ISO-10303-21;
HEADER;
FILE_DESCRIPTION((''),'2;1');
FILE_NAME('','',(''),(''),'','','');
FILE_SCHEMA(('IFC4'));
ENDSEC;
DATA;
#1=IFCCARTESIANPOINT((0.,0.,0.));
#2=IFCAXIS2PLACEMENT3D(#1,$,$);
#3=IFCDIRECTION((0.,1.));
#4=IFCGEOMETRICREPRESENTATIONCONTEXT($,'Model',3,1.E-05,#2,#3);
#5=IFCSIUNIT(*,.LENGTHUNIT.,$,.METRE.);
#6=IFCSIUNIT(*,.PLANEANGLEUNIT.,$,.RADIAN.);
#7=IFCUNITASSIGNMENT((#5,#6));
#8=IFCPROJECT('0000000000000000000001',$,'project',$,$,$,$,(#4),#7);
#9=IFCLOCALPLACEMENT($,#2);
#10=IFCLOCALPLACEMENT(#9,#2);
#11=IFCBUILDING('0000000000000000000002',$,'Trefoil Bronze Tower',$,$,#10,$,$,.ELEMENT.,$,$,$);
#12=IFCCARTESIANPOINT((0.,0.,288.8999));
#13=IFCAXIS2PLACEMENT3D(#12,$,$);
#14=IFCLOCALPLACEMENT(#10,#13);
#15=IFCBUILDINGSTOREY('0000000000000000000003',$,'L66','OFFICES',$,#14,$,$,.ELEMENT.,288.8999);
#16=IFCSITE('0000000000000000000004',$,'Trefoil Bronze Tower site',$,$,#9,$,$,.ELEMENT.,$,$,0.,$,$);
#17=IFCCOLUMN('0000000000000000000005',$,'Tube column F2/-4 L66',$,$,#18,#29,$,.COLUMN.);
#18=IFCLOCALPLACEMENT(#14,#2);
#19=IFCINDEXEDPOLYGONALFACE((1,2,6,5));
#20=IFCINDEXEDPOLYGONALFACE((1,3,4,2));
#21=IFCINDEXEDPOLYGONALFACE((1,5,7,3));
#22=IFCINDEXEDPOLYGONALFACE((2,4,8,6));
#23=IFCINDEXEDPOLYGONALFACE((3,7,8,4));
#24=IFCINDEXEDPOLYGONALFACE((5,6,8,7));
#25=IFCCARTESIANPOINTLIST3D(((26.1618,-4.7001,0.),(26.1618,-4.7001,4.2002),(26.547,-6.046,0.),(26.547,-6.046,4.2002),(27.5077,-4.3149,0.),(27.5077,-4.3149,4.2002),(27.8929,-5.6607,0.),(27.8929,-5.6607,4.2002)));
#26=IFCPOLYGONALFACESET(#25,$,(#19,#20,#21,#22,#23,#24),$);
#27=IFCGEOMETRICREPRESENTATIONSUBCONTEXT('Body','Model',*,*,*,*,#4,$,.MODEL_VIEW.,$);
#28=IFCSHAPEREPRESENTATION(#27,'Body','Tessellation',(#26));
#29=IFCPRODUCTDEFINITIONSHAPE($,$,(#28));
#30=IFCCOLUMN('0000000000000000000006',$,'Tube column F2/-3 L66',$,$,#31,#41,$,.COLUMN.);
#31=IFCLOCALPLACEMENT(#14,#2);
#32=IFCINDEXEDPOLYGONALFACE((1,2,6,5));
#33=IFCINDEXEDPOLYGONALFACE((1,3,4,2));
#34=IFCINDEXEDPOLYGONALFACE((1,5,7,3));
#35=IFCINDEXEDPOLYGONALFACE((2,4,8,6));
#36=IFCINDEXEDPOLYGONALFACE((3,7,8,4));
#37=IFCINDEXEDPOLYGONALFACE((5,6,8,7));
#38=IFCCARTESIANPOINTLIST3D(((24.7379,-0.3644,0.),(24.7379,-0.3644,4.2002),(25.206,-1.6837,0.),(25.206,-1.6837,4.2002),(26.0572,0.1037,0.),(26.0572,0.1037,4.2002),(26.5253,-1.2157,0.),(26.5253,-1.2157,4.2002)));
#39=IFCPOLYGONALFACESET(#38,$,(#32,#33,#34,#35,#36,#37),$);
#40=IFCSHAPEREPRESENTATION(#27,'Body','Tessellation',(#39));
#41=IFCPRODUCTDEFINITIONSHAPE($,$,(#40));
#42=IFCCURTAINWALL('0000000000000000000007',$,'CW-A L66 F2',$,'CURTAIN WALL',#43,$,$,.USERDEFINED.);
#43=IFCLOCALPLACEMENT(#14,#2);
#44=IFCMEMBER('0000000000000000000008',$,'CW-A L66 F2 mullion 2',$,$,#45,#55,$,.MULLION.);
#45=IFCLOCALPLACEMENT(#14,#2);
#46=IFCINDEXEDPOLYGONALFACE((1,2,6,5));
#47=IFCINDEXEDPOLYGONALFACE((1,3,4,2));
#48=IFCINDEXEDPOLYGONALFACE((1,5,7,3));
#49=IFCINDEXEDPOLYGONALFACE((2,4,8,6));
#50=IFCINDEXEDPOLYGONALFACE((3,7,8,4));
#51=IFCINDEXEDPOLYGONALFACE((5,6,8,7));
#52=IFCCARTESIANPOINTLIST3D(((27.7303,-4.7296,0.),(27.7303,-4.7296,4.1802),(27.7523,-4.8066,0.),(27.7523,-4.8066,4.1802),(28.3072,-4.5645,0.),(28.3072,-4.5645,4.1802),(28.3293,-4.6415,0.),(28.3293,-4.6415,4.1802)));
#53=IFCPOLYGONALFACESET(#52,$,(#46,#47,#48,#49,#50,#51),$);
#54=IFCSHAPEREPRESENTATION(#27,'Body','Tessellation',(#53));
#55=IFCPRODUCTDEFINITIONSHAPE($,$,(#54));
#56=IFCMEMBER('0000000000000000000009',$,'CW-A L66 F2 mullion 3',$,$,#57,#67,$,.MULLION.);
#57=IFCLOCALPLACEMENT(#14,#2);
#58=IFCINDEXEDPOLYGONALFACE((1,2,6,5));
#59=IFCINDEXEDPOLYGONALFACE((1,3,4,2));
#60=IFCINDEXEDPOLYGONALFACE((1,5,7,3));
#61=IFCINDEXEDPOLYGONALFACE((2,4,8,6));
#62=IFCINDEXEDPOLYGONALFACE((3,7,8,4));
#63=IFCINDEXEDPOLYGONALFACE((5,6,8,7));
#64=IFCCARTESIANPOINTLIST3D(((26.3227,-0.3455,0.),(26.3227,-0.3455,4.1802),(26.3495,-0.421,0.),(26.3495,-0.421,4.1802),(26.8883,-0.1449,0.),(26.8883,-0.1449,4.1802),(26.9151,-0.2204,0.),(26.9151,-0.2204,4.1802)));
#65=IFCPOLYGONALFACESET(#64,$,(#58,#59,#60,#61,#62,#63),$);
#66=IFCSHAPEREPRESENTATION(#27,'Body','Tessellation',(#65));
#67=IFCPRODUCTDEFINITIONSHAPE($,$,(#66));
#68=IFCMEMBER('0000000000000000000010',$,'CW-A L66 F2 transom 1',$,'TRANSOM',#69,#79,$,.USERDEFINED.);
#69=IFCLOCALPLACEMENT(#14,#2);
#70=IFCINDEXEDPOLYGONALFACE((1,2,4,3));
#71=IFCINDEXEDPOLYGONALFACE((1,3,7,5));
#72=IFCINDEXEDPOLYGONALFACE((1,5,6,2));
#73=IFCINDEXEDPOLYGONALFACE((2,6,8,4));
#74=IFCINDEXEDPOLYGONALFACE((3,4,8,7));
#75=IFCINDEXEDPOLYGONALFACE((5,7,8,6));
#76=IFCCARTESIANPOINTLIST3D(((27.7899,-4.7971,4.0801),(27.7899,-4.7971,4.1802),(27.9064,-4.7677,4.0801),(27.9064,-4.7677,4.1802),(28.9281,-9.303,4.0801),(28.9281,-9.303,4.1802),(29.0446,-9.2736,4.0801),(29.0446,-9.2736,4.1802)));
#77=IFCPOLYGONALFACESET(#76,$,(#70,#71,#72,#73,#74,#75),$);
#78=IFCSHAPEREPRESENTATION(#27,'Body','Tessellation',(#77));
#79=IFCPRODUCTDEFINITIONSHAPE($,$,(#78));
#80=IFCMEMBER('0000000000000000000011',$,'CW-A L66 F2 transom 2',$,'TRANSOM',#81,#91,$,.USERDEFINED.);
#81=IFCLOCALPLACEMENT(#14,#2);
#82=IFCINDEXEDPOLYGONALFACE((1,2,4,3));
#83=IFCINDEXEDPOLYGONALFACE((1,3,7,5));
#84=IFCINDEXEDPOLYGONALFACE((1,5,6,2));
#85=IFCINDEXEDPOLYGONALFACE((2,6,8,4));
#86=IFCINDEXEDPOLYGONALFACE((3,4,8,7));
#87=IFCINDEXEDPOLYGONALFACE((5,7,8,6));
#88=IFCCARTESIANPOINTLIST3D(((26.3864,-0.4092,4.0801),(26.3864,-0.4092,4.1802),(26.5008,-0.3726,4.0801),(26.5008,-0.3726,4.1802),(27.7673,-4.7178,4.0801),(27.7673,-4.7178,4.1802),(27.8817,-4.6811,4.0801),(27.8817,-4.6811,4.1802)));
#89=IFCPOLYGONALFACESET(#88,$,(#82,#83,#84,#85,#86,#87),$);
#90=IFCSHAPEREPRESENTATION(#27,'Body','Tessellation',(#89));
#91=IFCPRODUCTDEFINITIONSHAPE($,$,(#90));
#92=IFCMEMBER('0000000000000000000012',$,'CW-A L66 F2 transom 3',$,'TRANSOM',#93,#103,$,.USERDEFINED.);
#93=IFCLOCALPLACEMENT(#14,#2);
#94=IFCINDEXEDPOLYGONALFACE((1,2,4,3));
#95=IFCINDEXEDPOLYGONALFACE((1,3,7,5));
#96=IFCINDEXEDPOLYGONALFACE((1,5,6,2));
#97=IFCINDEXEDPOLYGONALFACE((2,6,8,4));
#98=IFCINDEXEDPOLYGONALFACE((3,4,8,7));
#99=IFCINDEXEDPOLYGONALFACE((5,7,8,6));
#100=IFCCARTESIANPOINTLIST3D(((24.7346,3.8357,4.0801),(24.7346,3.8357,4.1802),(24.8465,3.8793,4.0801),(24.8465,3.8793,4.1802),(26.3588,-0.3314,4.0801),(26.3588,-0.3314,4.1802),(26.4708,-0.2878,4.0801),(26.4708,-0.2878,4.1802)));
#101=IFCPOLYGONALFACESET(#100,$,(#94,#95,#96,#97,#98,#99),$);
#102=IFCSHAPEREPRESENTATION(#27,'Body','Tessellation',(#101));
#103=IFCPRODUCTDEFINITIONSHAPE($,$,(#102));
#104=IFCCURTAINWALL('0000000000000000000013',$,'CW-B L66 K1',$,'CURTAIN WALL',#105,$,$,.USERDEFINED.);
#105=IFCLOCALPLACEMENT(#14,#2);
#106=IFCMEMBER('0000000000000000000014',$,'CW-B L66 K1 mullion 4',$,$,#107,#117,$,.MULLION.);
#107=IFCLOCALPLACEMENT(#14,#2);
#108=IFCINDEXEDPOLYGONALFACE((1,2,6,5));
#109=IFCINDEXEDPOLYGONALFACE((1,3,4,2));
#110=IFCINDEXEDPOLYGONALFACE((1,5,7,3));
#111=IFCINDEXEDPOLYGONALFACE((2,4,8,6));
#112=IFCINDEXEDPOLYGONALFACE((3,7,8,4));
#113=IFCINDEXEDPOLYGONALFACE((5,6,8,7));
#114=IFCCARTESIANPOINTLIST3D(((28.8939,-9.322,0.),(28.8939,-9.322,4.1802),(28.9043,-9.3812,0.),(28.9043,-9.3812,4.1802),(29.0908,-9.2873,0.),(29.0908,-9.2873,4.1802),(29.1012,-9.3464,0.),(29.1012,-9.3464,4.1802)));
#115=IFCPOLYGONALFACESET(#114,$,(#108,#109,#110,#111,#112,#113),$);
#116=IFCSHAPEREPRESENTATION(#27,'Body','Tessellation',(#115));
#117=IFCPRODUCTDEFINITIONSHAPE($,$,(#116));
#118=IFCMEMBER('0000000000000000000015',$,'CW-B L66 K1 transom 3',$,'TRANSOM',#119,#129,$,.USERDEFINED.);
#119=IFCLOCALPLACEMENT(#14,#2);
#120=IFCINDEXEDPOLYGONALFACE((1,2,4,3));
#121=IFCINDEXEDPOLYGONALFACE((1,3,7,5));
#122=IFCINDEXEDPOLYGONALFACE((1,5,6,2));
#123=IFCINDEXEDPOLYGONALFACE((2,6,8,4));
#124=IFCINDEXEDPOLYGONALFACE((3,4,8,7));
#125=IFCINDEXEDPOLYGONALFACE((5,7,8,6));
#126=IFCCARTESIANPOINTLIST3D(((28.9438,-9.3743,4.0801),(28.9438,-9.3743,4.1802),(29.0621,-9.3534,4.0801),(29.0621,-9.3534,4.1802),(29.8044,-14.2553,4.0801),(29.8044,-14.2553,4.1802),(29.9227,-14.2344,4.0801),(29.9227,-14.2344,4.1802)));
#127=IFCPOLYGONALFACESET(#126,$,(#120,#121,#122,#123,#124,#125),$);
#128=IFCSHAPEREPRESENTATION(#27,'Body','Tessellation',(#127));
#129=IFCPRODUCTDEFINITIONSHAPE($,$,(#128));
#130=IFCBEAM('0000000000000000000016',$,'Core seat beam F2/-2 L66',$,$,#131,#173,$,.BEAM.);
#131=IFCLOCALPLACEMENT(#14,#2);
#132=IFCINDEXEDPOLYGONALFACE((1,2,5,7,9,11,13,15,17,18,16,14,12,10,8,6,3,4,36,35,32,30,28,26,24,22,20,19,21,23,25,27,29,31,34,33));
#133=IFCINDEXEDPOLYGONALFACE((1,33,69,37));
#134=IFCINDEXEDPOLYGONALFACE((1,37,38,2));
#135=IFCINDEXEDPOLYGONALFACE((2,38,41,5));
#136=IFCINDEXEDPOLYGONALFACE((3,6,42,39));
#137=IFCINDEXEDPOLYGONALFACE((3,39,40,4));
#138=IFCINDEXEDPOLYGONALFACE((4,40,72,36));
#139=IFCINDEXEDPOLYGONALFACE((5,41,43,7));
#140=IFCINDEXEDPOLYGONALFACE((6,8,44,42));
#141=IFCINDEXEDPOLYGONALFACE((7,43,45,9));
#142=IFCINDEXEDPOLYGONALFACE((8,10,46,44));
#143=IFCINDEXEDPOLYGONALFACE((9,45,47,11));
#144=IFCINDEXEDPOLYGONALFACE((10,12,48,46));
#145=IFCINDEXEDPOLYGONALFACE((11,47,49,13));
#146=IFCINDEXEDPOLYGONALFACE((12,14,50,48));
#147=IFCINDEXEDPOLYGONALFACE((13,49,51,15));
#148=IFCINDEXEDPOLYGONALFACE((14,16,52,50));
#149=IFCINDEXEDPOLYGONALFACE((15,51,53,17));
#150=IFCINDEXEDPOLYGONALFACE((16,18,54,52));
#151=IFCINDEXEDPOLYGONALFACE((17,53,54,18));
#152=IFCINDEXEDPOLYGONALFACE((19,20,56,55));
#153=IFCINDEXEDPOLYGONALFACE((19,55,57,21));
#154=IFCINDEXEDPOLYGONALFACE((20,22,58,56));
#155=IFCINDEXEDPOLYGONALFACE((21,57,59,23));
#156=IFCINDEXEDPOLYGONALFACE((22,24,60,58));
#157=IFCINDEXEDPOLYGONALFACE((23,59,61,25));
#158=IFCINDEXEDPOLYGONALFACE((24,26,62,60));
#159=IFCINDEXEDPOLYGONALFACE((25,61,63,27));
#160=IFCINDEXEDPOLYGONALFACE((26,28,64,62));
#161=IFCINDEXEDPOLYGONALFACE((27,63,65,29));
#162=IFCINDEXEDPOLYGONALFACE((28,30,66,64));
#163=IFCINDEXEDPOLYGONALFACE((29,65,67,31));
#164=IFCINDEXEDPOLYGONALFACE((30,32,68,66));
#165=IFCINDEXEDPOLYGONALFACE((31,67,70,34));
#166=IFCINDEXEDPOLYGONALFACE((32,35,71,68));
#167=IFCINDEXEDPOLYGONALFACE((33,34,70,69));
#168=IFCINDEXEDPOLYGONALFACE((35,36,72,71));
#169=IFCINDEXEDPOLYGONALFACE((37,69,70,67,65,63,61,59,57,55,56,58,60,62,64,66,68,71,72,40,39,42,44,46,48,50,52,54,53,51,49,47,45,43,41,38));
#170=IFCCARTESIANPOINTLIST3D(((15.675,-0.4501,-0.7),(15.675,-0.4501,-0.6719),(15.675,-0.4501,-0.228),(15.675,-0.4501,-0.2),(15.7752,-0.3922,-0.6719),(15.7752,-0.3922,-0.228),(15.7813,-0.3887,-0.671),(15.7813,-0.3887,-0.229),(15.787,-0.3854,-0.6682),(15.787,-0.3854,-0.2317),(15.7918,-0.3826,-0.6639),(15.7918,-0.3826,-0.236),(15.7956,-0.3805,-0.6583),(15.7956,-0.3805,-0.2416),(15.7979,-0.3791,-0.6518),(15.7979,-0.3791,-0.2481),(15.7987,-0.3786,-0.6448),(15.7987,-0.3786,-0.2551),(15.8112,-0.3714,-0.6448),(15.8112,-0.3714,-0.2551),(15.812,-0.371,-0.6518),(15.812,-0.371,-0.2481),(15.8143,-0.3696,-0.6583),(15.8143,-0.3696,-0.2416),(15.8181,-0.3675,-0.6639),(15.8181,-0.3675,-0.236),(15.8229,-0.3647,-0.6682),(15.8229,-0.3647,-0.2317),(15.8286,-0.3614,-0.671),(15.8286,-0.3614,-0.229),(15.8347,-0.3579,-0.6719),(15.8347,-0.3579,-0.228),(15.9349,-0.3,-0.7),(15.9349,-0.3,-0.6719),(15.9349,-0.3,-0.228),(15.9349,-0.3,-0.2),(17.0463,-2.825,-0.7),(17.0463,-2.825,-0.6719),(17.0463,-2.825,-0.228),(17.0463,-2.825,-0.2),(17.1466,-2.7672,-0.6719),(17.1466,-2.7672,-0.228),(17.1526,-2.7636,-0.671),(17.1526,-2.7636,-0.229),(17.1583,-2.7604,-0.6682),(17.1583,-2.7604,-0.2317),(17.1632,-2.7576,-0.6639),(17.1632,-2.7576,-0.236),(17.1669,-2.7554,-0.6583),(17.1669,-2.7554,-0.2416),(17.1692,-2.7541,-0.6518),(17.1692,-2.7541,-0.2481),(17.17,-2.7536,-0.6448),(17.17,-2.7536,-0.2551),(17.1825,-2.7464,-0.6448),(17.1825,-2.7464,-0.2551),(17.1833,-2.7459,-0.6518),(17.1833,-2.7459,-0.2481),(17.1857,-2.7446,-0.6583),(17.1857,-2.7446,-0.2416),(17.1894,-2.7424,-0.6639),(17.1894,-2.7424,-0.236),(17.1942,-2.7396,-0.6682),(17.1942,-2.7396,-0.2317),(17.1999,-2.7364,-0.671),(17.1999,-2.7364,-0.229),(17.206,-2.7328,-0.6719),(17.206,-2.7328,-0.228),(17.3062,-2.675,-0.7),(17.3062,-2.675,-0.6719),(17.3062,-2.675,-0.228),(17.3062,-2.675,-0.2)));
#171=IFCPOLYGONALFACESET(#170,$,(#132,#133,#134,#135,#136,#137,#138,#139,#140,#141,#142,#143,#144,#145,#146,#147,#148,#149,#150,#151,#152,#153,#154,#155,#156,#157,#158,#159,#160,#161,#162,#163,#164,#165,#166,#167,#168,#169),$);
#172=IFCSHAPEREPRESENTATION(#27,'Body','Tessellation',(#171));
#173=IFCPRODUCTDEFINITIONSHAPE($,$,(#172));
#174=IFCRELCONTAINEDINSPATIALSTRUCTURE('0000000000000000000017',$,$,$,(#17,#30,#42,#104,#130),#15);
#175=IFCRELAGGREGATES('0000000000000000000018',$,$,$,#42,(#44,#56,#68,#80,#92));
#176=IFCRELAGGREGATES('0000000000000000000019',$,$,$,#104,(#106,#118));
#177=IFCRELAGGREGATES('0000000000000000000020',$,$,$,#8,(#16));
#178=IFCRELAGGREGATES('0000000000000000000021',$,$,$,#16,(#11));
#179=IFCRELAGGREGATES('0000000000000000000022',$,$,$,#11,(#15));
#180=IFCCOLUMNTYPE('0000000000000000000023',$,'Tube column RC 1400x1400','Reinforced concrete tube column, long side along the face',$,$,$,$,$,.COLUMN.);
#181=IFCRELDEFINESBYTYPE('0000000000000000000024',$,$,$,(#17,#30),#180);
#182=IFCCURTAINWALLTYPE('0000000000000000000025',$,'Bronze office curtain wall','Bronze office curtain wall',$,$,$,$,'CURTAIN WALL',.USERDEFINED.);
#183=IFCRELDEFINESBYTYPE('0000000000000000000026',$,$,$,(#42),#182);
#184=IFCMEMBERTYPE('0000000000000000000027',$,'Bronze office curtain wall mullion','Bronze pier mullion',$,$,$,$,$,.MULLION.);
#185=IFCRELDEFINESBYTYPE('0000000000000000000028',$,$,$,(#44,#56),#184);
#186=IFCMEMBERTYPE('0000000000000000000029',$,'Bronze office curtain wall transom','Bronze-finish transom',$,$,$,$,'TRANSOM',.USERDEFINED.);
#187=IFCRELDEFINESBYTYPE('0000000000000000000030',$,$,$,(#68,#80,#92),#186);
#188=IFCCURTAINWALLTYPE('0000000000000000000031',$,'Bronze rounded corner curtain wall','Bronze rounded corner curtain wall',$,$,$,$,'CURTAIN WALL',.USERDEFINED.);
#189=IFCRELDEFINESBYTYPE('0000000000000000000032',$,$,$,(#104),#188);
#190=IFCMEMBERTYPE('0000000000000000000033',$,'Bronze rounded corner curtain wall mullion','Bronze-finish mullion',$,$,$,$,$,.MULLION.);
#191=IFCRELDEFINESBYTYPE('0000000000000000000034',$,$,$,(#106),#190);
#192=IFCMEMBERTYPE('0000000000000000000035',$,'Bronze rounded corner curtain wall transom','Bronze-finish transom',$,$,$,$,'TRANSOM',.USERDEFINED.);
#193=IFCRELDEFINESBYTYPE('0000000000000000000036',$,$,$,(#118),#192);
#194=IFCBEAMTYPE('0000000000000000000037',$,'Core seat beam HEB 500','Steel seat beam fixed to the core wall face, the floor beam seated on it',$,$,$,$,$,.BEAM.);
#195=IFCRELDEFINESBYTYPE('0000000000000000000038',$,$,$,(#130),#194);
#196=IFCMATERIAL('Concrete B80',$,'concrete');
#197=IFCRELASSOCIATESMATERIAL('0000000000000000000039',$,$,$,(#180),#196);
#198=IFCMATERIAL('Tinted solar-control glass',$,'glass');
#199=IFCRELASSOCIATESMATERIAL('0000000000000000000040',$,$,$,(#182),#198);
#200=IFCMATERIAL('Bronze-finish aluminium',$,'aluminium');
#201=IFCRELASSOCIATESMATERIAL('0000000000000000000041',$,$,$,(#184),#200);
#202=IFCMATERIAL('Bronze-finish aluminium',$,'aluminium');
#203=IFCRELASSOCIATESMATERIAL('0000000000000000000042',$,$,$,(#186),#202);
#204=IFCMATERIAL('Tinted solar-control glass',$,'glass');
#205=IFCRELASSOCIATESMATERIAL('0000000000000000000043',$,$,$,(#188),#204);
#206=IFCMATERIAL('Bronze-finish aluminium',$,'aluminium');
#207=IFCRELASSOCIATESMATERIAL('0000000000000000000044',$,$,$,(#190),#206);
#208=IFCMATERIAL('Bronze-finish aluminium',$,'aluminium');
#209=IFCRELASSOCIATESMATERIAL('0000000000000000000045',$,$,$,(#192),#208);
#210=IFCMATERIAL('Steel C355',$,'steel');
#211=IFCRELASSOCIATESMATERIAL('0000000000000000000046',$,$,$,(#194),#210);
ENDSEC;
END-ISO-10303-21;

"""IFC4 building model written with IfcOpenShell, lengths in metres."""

from ifc_helpers import new_model, si_unit, direction, frame, origin, origin_2d, place, context, subcontext, project, spatial, rectangle, i_section, extrude, material, material_profile, profile_set, type_object, element, aggregate, save


model = new_model("IFC4")

# Units and contexts
model_context = context("Model", 3, precision=1e-05, world=origin(), true_north=direction((0.0, 1.0)))
body_context = subcontext(model_context, "Body", "Model", "MODEL_VIEW")
ifc_project = project(units=[si_unit("LENGTHUNIT", "METRE"), si_unit("PLANEANGLEUNIT", "RADIAN")], contexts=[model_context])

# Site, building, storey
site_placement = place(None, origin())
site = spatial("IfcSite", under=ifc_project, at=site_placement, Name="Trefoil Bronze Tower site", CompositionType="ELEMENT", RefElevation=0.0)
building_placement = place(site_placement, origin())
building = spatial("IfcBuilding", under=site, at=building_placement, Name="Trefoil Bronze Tower", CompositionType="ELEMENT")
storey_placement = place(building_placement, frame((0.0, 0.0, 288.8999)))
storey = spatial("IfcBuildingStorey", under=building, at=storey_placement, Name="L66", Description="OFFICES", CompositionType="ELEMENT", Elevation=288.8999)

# Columns
ifc_material_1 = material(Name="Concrete B80", Category="concrete")
ifc_material_profile_1 = material_profile(ifc_material_1, rectangle(XDim=1.3999, YDim=1.3999, at=origin_2d()), Name="RC 1400x1400")
ifc_profile_set_1 = profile_set([ifc_material_profile_1], Name="Concrete B80")
column_type = type_object("IfcColumnType", Name="Tube column RC 1400x1400", Description="Reinforced concrete tube column, long side along the face", PredefinedType="COLUMN", material=ifc_profile_set_1)
for number, where, z_axis, x_axis, name in (
    (1, (27.0273, -5.1804, 0.0), (0.0, 0.0, 1.0), (-0.275169, 0.961396, 0.0), "Tube column F2/-4 L66"),
    (2, (25.6316, -0.79, 0.0), (0.0, 0.0, 1.0), (-0.334352, 0.942448, 0.0), "Tube column F2/-3 L66"),
):
    element("IfcColumn", number, at=place(storey_placement, frame(where, z_axis=z_axis, x_axis=x_axis)), inside=storey, type_object=column_type, Name=name, PredefinedType="COLUMN", context=body_context, shape_type="SweptSolid", body=[
        extrude(rectangle(XDim=1.3999, YDim=1.3999, at=origin_2d()), origin(), (0.0, 0.0, 1.0), 4.2002),
    ])

# Curtain walls, members
ifc_material_2 = material(Name="Tinted solar-control glass", Category="glass")
curtain_wall_type_1 = type_object("IfcCurtainWallType", Name="Bronze office curtain wall", Description="Bronze office curtain wall", ElementType="CURTAIN WALL", PredefinedType="USERDEFINED", material=ifc_material_2)
curtain_wall_1_placement = place(storey_placement, origin())
curtain_wall_1 = element("IfcCurtainWall", 3, at=curtain_wall_1_placement, inside=storey, type_object=curtain_wall_type_1, Name="CW-A L66 F2", ObjectType="CURTAIN WALL", PredefinedType="USERDEFINED")
ifc_material_3 = material(Name="Bronze-finish aluminium", Category="aluminium")
ifc_material_profile_2 = material_profile(ifc_material_3, rectangle(XDim=0.6001, YDim=0.0801, at=origin_2d()), Name="CW-A mullion")
ifc_profile_set_2 = profile_set([ifc_material_profile_2], Name="Bronze-finish aluminium")
member_type_1 = type_object("IfcMemberType", Name="Bronze office curtain wall mullion", Description="Bronze pier mullion", PredefinedType="MULLION", material=ifc_profile_set_2)
member_1_placement = place(storey_placement, frame((28.0298, -4.6855, 0.0), z_axis=(0.0, 0.0, 1.0), x_axis=(-0.961396, -0.275169, 0.0)))
member_1 = element("IfcMember", 4, at=member_1_placement, type_object=member_type_1, Name="CW-A L66 F2 mullion 2", PredefinedType="MULLION", context=body_context, shape_type="SweptSolid", body=[
    extrude(rectangle(XDim=0.6001, YDim=0.0801, at=origin_2d()), origin(), (0.0, 0.0, 1.0), 4.1802),
])
member_2_placement = place(storey_placement, frame((26.6189, -0.283, 0.0), z_axis=(0.0, 0.0, 1.0), x_axis=(-0.942448, -0.334352, 0.0)))
member_2 = element("IfcMember", 5, at=member_2_placement, type_object=member_type_1, Name="CW-A L66 F2 mullion 3", PredefinedType="MULLION", context=body_context, shape_type="SweptSolid", body=[
    extrude(rectangle(XDim=0.6001, YDim=0.0801, at=origin_2d()), origin(), (0.0, 0.0, 1.0), 4.1802),
])
ifc_material_4 = material(Name="Bronze-finish aluminium", Category="aluminium")
ifc_material_profile_3 = material_profile(ifc_material_4, rectangle(XDim=0.1201, YDim=0.1001, at=origin_2d()), Name="CW-A transom")
ifc_profile_set_3 = profile_set([ifc_material_profile_3], Name="Bronze-finish aluminium")
member_type_2 = type_object("IfcMemberType", Name="Bronze office curtain wall transom", Description="Bronze-finish transom", ElementType="TRANSOM", PredefinedType="USERDEFINED", material=ifc_profile_set_3)
member_3_placement = place(storey_placement, frame((28.9863, -9.2883, 4.1301), z_axis=(-0.244908, 0.969546, 0.0), x_axis=(-0.969546, -0.244908, 0.0)))
member_3 = element("IfcMember", 6, at=member_3_placement, type_object=member_type_2, Name="CW-A L66 F2 transom 1", ObjectType="TRANSOM", PredefinedType="USERDEFINED", context=body_context, shape_type="SweptSolid", body=[
    extrude(rectangle(XDim=0.1201, YDim=0.1001, at=origin_2d()), origin(), (0.0, 0.0, 1.0), 4.6475),
])
member_4_placement = place(storey_placement, frame((27.8245, -4.6995, 4.1301), z_axis=(-0.305199, 0.952289, 0.0), x_axis=(-0.952289, -0.305199, 0.0)))
member_4 = element("IfcMember", 7, at=member_4_placement, type_object=member_type_2, Name="CW-A L66 F2 transom 2", ObjectType="TRANSOM", PredefinedType="USERDEFINED", context=body_context, shape_type="SweptSolid", body=[
    extrude(rectangle(XDim=0.1201, YDim=0.1001, at=origin_2d()), origin(), (0.0, 0.0, 1.0), 4.5244),
])
member_5_placement = place(storey_placement, frame((26.4148, -0.3096, 4.1301), z_axis=(-0.363178, 0.93172, 0.0), x_axis=(-0.93172, -0.363178, 0.0)))
member_5 = element("IfcMember", 8, at=member_5_placement, type_object=member_type_2, Name="CW-A L66 F2 transom 3", ObjectType="TRANSOM", PredefinedType="USERDEFINED", context=body_context, shape_type="SweptSolid", body=[
    extrude(rectangle(XDim=0.1201, YDim=0.1001, at=origin_2d()), origin(), (0.0, 0.0, 1.0), 4.4724),
])
ifc_material_5 = material(Name="Tinted solar-control glass", Category="glass")
curtain_wall_type_2 = type_object("IfcCurtainWallType", Name="Bronze rounded corner curtain wall", Description="Bronze rounded corner curtain wall", ElementType="CURTAIN WALL", PredefinedType="USERDEFINED", material=ifc_material_5)
curtain_wall_2_placement = place(storey_placement, origin())
curtain_wall_2 = element("IfcCurtainWall", 9, at=curtain_wall_2_placement, inside=storey, type_object=curtain_wall_type_2, Name="CW-B L66 K1", ObjectType="CURTAIN WALL", PredefinedType="USERDEFINED")
ifc_material_6 = material(Name="Bronze-finish aluminium", Category="aluminium")
ifc_material_profile_4 = material_profile(ifc_material_6, rectangle(XDim=0.2, YDim=0.0601, at=origin_2d()), Name="CW-B mullion")
ifc_profile_set_4 = profile_set([ifc_material_profile_4], Name="Bronze-finish aluminium")
member_type_3 = type_object("IfcMemberType", Name="Bronze rounded corner curtain wall mullion", Description="Bronze-finish mullion", PredefinedType="MULLION", material=ifc_profile_set_4)
member_6_placement = place(storey_placement, frame((28.9976, -9.3342, 0.0), z_axis=(0.0, 0.0, 1.0), x_axis=(-0.984808, -0.173648, 0.0)))
member_6 = element("IfcMember", 10, at=member_6_placement, type_object=member_type_3, Name="CW-B L66 K1 mullion 4", PredefinedType="MULLION", context=body_context, shape_type="SweptSolid", body=[
    extrude(rectangle(XDim=0.2, YDim=0.0601, at=origin_2d()), origin(), (0.0, 0.0, 1.0), 4.1802),
])
ifc_material_7 = material(Name="Bronze-finish aluminium", Category="aluminium")
ifc_material_profile_5 = material_profile(ifc_material_7, rectangle(XDim=0.1201, YDim=0.1001, at=origin_2d()), Name="CW-B transom")
ifc_profile_set_5 = profile_set([ifc_material_profile_5], Name="Bronze-finish aluminium")
member_type_4 = type_object("IfcMemberType", Name="Bronze rounded corner curtain wall transom", Description="Bronze-finish transom", ElementType="TRANSOM", PredefinedType="USERDEFINED", material=ifc_profile_set_5)
member_7_placement = place(storey_placement, frame((29.8635, -14.2449, 4.1301), z_axis=(-0.173634, 0.98481, 0.0), x_axis=(-0.98481, -0.173634, 0.0)))
member_7 = element("IfcMember", 11, at=member_7_placement, type_object=member_type_4, Name="CW-B L66 K1 transom 3", ObjectType="TRANSOM", PredefinedType="USERDEFINED", context=body_context, shape_type="SweptSolid", body=[
    extrude(rectangle(XDim=0.1201, YDim=0.1001, at=origin_2d()), origin(), (0.0, 0.0, 1.0), 4.9563),
])

# Beam
ifc_material_8 = material(Name="Steel C355", Category="steel")
ifc_material_profile_6 = material_profile(ifc_material_8, i_section(OverallWidth=0.3, OverallDepth=0.5, WebThickness=0.0144, FlangeThickness=0.0281, FilletRadius=0.0271, at=origin_2d()), Name="HEB 500")
ifc_profile_set_6 = profile_set([ifc_material_profile_6], Name="Steel C355")
beam_type_1 = type_object("IfcBeamType", Name="Core seat beam HEB 500", Description="Steel seat beam fixed to the core wall face, the floor beam seated on it", PredefinedType="BEAM", material=ifc_profile_set_6)
beam_1_placement = place(storey_placement, frame((17.1763, -2.75, -0.45), z_axis=(-0.500036, 0.866005, 0.0), x_axis=(-0.866005, -0.500036, 0.0)))
element("IfcBeam", 12, at=beam_1_placement, inside=storey, type_object=beam_type_1, Name="Core seat beam F2/-2 L66", PredefinedType="BEAM", context=body_context, shape_type="SweptSolid", body=[
    extrude(i_section(OverallWidth=0.3, OverallDepth=0.5, WebThickness=0.0144, FlangeThickness=0.0281, FilletRadius=0.0271, at=origin_2d()), origin(), (0.0, 0.0, 1.0), 2.7424),
])

aggregate(curtain_wall_1, [member_1, member_2, member_3, member_4, member_5])
aggregate(curtain_wall_2, [member_6, member_7])

save(model, "model.ifc")
